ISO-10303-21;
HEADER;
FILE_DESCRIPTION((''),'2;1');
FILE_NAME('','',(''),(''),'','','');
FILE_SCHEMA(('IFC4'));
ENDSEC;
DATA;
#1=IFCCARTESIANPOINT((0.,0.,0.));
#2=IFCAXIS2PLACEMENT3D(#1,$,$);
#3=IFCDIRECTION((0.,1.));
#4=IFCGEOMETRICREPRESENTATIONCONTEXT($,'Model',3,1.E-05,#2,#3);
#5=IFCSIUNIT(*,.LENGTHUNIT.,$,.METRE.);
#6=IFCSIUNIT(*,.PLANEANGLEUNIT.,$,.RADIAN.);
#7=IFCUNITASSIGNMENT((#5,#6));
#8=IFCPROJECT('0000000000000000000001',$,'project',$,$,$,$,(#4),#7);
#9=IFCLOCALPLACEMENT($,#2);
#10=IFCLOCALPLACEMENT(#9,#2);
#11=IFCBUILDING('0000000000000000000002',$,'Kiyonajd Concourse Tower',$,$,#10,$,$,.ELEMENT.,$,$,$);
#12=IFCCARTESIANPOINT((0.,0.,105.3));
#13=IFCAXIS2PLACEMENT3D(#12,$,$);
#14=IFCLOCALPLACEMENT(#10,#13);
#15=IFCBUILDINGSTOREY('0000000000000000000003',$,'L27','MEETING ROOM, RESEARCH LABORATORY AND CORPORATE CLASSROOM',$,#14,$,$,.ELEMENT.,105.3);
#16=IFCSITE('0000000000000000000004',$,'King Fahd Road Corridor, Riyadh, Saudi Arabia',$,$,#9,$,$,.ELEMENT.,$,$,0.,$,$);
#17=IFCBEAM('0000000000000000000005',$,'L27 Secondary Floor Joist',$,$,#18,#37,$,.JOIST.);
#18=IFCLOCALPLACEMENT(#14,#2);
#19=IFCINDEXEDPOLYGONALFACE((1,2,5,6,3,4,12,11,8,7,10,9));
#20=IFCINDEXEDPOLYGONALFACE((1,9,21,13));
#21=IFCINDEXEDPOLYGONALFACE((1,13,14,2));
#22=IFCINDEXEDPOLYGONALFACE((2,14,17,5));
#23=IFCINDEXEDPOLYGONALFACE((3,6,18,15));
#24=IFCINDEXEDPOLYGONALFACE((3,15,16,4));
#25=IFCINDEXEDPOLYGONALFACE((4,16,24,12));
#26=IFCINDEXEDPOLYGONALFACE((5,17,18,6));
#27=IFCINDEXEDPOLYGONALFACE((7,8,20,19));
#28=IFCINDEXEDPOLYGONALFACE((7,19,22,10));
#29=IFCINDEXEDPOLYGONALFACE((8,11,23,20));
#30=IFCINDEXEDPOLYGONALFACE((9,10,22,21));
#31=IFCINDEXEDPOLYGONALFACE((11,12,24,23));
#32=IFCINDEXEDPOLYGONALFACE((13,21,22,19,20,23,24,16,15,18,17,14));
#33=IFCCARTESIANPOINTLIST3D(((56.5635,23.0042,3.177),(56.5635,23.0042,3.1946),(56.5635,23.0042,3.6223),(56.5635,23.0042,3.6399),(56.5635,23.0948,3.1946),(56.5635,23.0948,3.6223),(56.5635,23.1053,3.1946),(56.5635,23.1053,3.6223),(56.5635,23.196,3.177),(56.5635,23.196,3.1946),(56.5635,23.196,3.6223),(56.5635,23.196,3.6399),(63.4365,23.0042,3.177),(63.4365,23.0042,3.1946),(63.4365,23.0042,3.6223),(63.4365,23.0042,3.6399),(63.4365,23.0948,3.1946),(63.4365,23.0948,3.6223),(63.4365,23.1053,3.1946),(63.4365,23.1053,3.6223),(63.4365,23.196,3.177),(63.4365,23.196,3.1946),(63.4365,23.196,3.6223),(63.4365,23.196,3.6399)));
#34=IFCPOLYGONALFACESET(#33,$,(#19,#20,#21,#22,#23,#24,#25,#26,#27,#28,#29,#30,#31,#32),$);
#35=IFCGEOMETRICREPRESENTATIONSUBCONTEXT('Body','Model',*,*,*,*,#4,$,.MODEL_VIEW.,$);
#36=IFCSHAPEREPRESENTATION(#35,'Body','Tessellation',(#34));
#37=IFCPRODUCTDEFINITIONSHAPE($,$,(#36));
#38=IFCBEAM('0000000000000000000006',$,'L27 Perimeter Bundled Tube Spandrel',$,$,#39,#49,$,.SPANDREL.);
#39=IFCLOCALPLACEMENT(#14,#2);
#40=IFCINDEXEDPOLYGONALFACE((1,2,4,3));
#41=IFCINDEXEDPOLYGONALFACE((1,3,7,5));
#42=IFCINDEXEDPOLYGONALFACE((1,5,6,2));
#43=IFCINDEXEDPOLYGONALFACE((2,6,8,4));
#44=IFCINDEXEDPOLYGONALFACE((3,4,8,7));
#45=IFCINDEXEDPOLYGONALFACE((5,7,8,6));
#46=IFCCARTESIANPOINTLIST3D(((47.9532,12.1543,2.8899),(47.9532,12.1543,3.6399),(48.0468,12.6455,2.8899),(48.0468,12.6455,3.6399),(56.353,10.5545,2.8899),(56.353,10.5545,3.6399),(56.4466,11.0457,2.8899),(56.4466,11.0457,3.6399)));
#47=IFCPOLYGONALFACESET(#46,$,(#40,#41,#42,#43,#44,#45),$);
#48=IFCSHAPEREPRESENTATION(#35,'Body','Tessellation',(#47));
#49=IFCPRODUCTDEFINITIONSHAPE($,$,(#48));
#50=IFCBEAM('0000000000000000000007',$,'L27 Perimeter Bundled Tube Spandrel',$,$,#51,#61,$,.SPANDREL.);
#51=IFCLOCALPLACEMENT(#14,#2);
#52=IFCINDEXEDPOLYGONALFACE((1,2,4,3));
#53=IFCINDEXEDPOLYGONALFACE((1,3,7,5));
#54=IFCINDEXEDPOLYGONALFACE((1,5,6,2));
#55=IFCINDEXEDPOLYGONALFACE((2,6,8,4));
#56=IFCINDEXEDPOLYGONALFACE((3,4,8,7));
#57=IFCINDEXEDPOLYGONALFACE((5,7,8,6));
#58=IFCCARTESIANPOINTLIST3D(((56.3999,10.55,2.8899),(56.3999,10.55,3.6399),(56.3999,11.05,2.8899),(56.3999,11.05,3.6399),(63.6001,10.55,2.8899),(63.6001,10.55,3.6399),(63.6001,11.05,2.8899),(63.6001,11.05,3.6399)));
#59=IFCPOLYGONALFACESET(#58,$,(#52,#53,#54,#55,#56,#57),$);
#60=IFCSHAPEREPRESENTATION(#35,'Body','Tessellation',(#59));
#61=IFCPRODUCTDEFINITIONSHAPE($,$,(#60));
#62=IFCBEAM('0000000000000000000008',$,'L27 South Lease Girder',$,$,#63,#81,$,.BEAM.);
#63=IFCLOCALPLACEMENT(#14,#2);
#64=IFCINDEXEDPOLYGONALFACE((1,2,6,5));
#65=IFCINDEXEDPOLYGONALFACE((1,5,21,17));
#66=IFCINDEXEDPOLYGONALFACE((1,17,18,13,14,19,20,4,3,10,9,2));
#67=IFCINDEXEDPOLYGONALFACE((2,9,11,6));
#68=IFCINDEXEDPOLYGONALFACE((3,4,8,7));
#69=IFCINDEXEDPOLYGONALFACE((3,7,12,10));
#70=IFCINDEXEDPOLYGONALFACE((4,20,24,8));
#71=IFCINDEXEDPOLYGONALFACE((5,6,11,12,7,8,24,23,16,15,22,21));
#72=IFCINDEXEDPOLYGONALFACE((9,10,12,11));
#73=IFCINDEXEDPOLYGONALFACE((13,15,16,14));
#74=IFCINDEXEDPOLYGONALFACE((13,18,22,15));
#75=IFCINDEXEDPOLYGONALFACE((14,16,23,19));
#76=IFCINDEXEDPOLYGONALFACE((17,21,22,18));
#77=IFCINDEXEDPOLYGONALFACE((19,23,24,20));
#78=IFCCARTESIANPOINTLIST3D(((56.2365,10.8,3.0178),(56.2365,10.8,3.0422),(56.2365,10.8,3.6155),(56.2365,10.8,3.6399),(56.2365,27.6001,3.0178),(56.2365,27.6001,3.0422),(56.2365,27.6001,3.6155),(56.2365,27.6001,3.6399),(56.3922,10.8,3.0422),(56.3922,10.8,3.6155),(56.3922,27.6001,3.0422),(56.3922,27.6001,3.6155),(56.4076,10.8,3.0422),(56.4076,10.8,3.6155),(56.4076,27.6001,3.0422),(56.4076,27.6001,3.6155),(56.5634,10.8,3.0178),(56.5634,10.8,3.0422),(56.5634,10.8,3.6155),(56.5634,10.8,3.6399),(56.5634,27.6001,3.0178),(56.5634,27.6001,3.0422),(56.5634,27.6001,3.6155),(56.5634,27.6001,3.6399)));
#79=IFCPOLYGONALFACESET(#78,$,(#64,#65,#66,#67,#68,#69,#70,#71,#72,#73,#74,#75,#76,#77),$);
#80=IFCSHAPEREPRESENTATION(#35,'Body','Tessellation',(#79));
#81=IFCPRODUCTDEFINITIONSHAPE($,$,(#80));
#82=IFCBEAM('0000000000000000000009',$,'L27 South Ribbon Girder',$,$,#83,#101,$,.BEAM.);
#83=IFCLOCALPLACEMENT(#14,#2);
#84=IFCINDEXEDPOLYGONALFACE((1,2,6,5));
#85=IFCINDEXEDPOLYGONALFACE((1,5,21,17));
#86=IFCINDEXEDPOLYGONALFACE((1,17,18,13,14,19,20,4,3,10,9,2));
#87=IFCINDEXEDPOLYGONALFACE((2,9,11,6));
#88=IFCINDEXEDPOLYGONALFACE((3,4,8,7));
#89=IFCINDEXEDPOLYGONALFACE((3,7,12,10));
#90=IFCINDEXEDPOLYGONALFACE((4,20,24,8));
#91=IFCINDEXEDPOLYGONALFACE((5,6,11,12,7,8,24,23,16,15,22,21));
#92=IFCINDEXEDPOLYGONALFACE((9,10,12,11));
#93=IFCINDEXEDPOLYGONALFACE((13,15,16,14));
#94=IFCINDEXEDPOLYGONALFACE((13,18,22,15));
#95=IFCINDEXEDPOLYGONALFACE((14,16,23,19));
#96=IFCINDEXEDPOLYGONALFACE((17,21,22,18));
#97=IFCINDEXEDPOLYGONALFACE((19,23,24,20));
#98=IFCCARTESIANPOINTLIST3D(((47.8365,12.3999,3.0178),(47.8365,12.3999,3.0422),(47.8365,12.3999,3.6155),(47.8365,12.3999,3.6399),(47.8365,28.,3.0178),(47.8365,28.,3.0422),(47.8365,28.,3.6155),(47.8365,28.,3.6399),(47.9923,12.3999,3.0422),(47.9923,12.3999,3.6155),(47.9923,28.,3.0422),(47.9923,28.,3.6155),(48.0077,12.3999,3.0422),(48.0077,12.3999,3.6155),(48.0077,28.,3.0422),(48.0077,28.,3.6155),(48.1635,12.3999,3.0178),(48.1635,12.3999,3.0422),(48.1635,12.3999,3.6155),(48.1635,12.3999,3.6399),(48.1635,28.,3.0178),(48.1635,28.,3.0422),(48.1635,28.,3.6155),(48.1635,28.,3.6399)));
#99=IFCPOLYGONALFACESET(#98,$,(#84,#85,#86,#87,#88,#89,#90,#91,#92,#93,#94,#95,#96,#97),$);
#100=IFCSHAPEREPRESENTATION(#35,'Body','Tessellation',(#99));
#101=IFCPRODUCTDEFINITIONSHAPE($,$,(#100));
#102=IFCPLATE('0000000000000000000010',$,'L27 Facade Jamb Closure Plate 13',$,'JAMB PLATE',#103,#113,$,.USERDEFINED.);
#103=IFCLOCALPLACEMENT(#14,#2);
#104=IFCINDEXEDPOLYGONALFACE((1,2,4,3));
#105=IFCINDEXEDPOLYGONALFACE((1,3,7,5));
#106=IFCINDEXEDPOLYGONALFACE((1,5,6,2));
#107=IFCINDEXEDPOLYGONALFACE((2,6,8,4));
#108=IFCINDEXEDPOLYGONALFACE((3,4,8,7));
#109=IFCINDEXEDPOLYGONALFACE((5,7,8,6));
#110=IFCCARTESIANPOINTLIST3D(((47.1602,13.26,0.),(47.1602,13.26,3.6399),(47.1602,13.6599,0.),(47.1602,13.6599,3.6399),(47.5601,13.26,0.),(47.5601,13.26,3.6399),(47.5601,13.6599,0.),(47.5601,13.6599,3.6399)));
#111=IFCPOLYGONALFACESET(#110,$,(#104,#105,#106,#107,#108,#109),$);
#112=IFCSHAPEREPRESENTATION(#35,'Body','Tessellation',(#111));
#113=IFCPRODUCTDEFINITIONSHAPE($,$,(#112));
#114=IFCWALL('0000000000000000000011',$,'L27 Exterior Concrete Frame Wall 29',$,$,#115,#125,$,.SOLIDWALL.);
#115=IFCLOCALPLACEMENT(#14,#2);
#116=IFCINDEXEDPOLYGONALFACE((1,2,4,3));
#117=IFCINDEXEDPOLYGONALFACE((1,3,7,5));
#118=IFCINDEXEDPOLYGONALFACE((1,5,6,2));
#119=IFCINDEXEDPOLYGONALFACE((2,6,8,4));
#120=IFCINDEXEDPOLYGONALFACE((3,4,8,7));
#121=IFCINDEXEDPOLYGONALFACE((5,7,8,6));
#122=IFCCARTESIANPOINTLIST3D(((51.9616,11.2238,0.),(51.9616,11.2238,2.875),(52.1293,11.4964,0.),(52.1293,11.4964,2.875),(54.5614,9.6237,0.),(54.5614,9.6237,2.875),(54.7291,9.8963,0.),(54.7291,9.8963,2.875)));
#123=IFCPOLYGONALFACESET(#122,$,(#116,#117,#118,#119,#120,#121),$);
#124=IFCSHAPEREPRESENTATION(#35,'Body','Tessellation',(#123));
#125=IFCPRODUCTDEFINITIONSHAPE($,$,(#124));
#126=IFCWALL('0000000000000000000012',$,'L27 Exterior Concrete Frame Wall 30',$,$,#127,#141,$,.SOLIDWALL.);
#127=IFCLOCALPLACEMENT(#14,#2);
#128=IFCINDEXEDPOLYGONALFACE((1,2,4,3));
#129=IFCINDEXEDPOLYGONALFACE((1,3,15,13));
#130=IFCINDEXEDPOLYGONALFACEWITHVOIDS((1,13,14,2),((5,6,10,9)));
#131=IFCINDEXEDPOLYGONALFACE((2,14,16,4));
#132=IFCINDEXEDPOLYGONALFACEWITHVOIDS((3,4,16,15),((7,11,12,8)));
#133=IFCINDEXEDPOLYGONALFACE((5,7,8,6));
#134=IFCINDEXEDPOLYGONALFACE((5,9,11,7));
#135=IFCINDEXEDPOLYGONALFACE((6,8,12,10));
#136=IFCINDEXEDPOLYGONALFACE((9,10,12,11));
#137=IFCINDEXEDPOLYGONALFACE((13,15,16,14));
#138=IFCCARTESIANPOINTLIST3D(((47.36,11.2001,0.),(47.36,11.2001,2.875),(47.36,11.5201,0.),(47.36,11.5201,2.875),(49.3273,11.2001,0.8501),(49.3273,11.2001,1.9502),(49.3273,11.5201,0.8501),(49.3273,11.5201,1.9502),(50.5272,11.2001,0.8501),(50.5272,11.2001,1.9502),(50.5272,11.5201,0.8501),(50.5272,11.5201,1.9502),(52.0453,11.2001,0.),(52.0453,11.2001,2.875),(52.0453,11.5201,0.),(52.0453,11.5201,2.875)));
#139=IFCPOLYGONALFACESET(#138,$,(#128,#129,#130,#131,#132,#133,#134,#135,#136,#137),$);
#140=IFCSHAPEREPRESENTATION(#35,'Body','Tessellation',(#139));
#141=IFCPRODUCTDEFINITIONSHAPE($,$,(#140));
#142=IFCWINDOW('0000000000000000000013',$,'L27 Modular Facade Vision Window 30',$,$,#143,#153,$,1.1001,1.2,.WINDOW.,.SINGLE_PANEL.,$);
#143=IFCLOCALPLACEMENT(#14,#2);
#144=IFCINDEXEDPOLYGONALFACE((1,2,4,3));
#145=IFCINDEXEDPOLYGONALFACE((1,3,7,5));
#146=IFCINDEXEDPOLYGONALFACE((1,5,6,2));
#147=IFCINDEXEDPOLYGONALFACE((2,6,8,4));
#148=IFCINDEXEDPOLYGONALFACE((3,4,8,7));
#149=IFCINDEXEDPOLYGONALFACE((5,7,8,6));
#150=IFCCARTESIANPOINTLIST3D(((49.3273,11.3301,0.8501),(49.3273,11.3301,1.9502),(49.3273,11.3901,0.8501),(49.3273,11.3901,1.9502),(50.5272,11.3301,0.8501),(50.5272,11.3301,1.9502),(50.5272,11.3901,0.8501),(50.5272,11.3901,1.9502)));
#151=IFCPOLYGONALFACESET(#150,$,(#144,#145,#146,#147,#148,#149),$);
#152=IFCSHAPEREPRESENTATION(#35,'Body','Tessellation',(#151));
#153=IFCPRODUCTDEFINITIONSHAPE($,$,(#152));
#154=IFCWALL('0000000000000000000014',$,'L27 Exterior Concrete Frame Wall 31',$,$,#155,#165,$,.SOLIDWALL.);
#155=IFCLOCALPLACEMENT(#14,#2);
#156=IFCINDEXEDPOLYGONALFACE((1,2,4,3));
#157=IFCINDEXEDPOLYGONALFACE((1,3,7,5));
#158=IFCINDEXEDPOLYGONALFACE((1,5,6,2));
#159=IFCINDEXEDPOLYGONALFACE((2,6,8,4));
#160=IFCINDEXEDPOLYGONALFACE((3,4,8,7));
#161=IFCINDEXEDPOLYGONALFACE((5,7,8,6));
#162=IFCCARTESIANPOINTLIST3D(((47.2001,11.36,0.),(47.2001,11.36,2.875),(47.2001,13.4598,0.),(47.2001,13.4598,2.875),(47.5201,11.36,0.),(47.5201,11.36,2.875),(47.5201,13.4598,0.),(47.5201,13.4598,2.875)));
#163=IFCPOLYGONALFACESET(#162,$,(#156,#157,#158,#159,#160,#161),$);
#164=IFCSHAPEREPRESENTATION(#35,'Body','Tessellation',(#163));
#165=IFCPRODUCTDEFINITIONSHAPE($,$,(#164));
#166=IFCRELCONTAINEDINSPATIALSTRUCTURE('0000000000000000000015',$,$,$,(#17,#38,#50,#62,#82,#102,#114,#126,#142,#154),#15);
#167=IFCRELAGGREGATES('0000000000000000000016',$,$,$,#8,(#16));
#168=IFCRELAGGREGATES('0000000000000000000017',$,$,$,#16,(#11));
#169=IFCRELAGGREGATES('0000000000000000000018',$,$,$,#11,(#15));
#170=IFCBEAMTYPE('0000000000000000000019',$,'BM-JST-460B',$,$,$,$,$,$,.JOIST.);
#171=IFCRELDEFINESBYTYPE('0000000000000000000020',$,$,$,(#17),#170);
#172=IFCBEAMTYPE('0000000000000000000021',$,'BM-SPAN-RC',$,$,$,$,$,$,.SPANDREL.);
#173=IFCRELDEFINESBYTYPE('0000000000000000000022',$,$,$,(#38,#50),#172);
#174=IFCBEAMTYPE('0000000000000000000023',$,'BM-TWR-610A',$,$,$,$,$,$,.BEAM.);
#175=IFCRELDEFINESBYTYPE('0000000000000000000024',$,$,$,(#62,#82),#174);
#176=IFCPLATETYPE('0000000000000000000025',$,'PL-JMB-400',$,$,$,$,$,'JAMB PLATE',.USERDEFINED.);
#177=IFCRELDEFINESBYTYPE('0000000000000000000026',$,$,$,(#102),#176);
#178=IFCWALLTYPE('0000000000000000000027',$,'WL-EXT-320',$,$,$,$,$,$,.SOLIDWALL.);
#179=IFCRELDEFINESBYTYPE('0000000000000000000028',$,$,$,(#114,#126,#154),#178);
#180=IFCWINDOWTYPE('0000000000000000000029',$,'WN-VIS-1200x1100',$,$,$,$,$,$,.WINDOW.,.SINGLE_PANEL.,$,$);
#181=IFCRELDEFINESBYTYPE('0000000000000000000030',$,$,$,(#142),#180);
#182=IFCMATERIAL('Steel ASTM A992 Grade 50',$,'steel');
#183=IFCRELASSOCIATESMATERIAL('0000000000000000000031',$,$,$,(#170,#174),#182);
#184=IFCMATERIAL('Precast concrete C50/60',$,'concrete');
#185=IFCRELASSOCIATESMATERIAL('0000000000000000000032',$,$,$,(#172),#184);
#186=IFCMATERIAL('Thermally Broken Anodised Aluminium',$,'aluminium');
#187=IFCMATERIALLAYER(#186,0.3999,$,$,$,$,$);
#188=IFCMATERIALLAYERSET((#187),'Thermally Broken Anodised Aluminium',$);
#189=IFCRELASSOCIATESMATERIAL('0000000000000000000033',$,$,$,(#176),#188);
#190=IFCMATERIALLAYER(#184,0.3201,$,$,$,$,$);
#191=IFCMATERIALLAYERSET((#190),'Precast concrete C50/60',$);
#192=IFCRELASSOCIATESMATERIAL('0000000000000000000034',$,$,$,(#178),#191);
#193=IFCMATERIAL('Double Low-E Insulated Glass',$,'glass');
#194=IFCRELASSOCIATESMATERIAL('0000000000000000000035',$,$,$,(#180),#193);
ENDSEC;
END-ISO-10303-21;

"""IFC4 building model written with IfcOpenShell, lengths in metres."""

from ifc_helpers import new_model, si_unit, direction, frame, frame_2d, origin, origin_2d, place, context, subcontext, project, spatial, rectangle, i_section, extrude, material, layer, layer_set, material_profile, profile_set, type_object, element, fill, save


model = new_model("IFC4")

# Units and contexts
model_context = context("Model", 3, precision=1e-05, world=origin(), true_north=direction((0.0, 1.0)))
body_context = subcontext(model_context, "Body", "Model", "MODEL_VIEW")
ifc_project = project(units=[si_unit("LENGTHUNIT", "METRE"), si_unit("PLANEANGLEUNIT", "RADIAN")], contexts=[model_context])

# Site, building, storey
site_placement = place(None, origin())
site = spatial("IfcSite", under=ifc_project, at=site_placement, Name="King Fahd Road Corridor, Riyadh, Saudi Arabia", CompositionType="ELEMENT", RefElevation=0.0)
building_placement = place(site_placement, origin())
building = spatial("IfcBuilding", under=site, at=building_placement, Name="Kiyonajd Concourse Tower", CompositionType="ELEMENT")
storey_placement = place(building_placement, frame((0.0, 0.0, 105.3)))
storey = spatial("IfcBuildingStorey", under=building, at=storey_placement, Name="L27", Description="MEETING ROOM, RESEARCH LABORATORY AND CORPORATE CLASSROOM", CompositionType="ELEMENT", Elevation=105.3)

# Beams
ifc_material_1 = material(Name="Steel ASTM A992 Grade 50", Category="steel")
ifc_material_profile_1 = material_profile(ifc_material_1, i_section(OverallWidth=0.1919, OverallDepth=0.4629, WebThickness=0.0105, FlangeThickness=0.0176, at=origin_2d()), Name="W460X89")
ifc_profile_set_1 = profile_set([ifc_material_profile_1], Name="Steel ASTM A992 Grade 50")
beam_type_1 = type_object("IfcBeamType", Name="BM-JST-460B", PredefinedType="JOIST", material=ifc_profile_set_1)
beam_1_placement = place(storey_placement, frame((56.5635, 23.1001, 3.4084), z_axis=(1.0, 0.0, 0.0), x_axis=(0.0, 1.0, 0.0)))
element("IfcBeam", 1, at=beam_1_placement, inside=storey, type_object=beam_type_1, Name="L27 Secondary Floor Joist", PredefinedType="JOIST", context=body_context, shape_type="SweptSolid", body=[
    extrude(i_section(OverallWidth=0.1919, OverallDepth=0.4629, WebThickness=0.0105, FlangeThickness=0.0176, at=origin_2d()), origin(), (0.0, 0.0, 1.0), 6.873),
])
ifc_material_2 = material(Name="Precast concrete C50/60", Category="concrete")
ifc_material_profile_2 = material_profile(ifc_material_2, rectangle(XDim=0.5, YDim=0.75, at=origin_2d()), Name="RCBM-500x750")
ifc_profile_set_2 = profile_set([ifc_material_profile_2], Name="Precast concrete C50/60")
beam_type_2 = type_object("IfcBeamType", Name="BM-SPAN-RC", PredefinedType="SPANDREL", material=ifc_profile_set_2)
beam_2_placement = place(storey_placement, frame((48.0, 12.3999, 3.2649), z_axis=(0.982341, -0.187098, 0.0), x_axis=(0.187098, 0.982341, 0.0)))
element("IfcBeam", 2, at=beam_2_placement, inside=storey, type_object=beam_type_2, Name="L27 Perimeter Bundled Tube Spandrel", PredefinedType="SPANDREL", context=body_context, shape_type="SweptSolid", body=[
    extrude(rectangle(XDim=0.5, YDim=0.75, at=origin_2d()), origin(), (0.0, 0.0, 1.0), 8.5508),
])
beam_3_placement = place(storey_placement, frame((56.3999, 10.8, 3.2649), z_axis=(1.0, 0.0, 0.0), x_axis=(0.0, 1.0, 0.0)))
element("IfcBeam", 3, at=beam_3_placement, inside=storey, type_object=beam_type_2, Name="L27 Perimeter Bundled Tube Spandrel", PredefinedType="SPANDREL", context=body_context, shape_type="SweptSolid", body=[
    extrude(rectangle(XDim=0.5, YDim=0.75, at=origin_2d()), origin(), (0.0, 0.0, 1.0), 7.2002),
])
ifc_material_profile_3 = material_profile(ifc_material_1, i_section(OverallWidth=0.3269, OverallDepth=0.6221, WebThickness=0.0154, FlangeThickness=0.0244, at=origin_2d()), Name="W610X195")
ifc_profile_set_3 = profile_set([ifc_material_profile_3], Name="Steel ASTM A992 Grade 50")
beam_type_3 = type_object("IfcBeamType", Name="BM-TWR-610A", PredefinedType="BEAM", material=ifc_profile_set_3)
beam_4_placement = place(storey_placement, frame((56.3999, 10.8, 3.3289), z_axis=(0.0, 1.0, 0.0), x_axis=(-1.0, 0.0, 0.0)))
element("IfcBeam", 4, at=beam_4_placement, inside=storey, type_object=beam_type_3, Name="L27 South Lease Girder", PredefinedType="BEAM", context=body_context, shape_type="SweptSolid", body=[
    extrude(i_section(OverallWidth=0.3269, OverallDepth=0.6221, WebThickness=0.0154, FlangeThickness=0.0244, at=origin_2d()), origin(), (0.0, 0.0, 1.0), 16.8),
])
beam_5_placement = place(storey_placement, frame((48.0, 12.3999, 3.3289), z_axis=(0.0, 1.0, 0.0), x_axis=(-1.0, 0.0, 0.0)))
element("IfcBeam", 5, at=beam_5_placement, inside=storey, type_object=beam_type_3, Name="L27 South Ribbon Girder", PredefinedType="BEAM", context=body_context, shape_type="SweptSolid", body=[
    extrude(i_section(OverallWidth=0.3269, OverallDepth=0.6221, WebThickness=0.0154, FlangeThickness=0.0244, at=origin_2d()), origin(), (0.0, 0.0, 1.0), 15.6001),
])

# Plate
ifc_material_3 = material(Name="Thermally Broken Anodised Aluminium", Category="aluminium")
ifc_layer_1 = layer(ifc_material_3, 0.3999)
ifc_layer_set_1 = layer_set([ifc_layer_1], Name="Thermally Broken Anodised Aluminium")
plate_type = type_object("IfcPlateType", Name="PL-JMB-400", ElementType="JAMB PLATE", PredefinedType="USERDEFINED", material=ifc_layer_set_1)
plate_placement = place(storey_placement, frame((47.3601, 13.46, 0.0), z_axis=(0.0, 0.0, 1.0), x_axis=(1.0, 0.0, 0.0)))
element("IfcPlate", 6, at=plate_placement, inside=storey, type_object=plate_type, Name="L27 Facade Jamb Closure Plate 13", ObjectType="JAMB PLATE", PredefinedType="USERDEFINED", context=body_context, shape_type="SweptSolid", body=[
    extrude(rectangle(XDim=0.3999, YDim=0.3999, at=origin_2d()), origin(), (0.0, 0.0, 1.0), 3.6399),
])

# Wall
ifc_layer_2 = layer(ifc_material_2, 0.3201)
ifc_layer_set_2 = layer_set([ifc_layer_2], Name="Precast concrete C50/60")
wall_type_1 = type_object("IfcWallType", Name="WL-EXT-320", PredefinedType="SOLIDWALL", material=ifc_layer_set_2)
wall_1_placement = place(storey_placement, frame((54.6453, 9.76, 0.0), z_axis=(0.0, 0.0, 1.0), x_axis=(-0.851631, 0.524142, 0.0)))
element("IfcWall", 7, at=wall_1_placement, inside=storey, type_object=wall_type_1, Name="L27 Exterior Concrete Frame Wall 29", PredefinedType="SOLIDWALL", context=body_context, shape_type="SweptSolid", body=[
    extrude(rectangle(XDim=3.0527, YDim=0.3201, at=frame_2d((1.5264, 0.0))), origin(), (0.0, 0.0, 1.0), 2.875),
])

# Wall, opening, window
wall_2_placement = place(storey_placement, frame((52.0454, 11.3601, 0.0), z_axis=(0.0, 0.0, 1.0), x_axis=(-1.0, 0.0, 0.0)))
wall_2 = element("IfcWall", 8, at=wall_2_placement, inside=storey, type_object=wall_type_1, Name="L27 Exterior Concrete Frame Wall 30", PredefinedType="SOLIDWALL", context=body_context, shape_type="SweptSolid", body=[
    extrude(rectangle(XDim=4.6853, YDim=0.3201, at=frame_2d((2.3428, 0.0))), origin(), (0.0, 0.0, 1.0), 2.875),
])
opening_1_placement = place(wall_2_placement, frame((1.5181, 0.0, 0.8501)))
opening_1 = element("IfcOpeningElement", 9, at=opening_1_placement, cuts=wall_2, PredefinedType="OPENING", context=body_context, shape_type="SweptSolid", body=[
    extrude(rectangle(XDim=1.2, YDim=1.1001, at=frame_2d((0.6001, 0.55))), frame((0.0, 0.1699, 0.0), z_axis=(0.0, -1.0, 0.0), x_axis=(1.0, 0.0, 0.0)), (0.0, 0.0, 1.0), 0.3401),
])
ifc_material_4 = material(Name="Double Low-E Insulated Glass", Category="glass")
window_type = type_object("IfcWindowType", Name="WN-VIS-1200x1100", PartitioningType="SINGLE_PANEL", PredefinedType="WINDOW", material=ifc_material_4)
window_placement = place(opening_1_placement, origin())
window = element("IfcWindow", 10, at=window_placement, inside=storey, type_object=window_type, Name="L27 Modular Facade Vision Window 30", OverallHeight=1.1001, OverallWidth=1.2, PartitioningType="SINGLE_PANEL", PredefinedType="WINDOW", context=body_context, shape_type="SweptSolid", body=[
    extrude(rectangle(XDim=1.2, YDim=1.1001, at=frame_2d((0.6001, 0.55))), frame((0.0, 0.03, 0.0), z_axis=(0.0, -1.0, 0.0), x_axis=(1.0, 0.0, 0.0)), (0.0, 0.0, 1.0), 0.0601),
])
fill(opening_1, window)

# Wall
wall_3_placement = place(storey_placement, frame((47.3601, 11.3601, 0.0), z_axis=(0.0, 0.0, 1.0), x_axis=(0.0, 1.0, 0.0)))
element("IfcWall", 11, at=wall_3_placement, inside=storey, type_object=wall_type_1, Name="L27 Exterior Concrete Frame Wall 31", PredefinedType="SOLIDWALL", context=body_context, shape_type="SweptSolid", body=[
    extrude(rectangle(XDim=2.0999, YDim=0.3201, at=frame_2d((1.0498, 0.0))), origin(), (0.0, 0.0, 1.0), 2.875),
])

save(model, "model.ifc")
